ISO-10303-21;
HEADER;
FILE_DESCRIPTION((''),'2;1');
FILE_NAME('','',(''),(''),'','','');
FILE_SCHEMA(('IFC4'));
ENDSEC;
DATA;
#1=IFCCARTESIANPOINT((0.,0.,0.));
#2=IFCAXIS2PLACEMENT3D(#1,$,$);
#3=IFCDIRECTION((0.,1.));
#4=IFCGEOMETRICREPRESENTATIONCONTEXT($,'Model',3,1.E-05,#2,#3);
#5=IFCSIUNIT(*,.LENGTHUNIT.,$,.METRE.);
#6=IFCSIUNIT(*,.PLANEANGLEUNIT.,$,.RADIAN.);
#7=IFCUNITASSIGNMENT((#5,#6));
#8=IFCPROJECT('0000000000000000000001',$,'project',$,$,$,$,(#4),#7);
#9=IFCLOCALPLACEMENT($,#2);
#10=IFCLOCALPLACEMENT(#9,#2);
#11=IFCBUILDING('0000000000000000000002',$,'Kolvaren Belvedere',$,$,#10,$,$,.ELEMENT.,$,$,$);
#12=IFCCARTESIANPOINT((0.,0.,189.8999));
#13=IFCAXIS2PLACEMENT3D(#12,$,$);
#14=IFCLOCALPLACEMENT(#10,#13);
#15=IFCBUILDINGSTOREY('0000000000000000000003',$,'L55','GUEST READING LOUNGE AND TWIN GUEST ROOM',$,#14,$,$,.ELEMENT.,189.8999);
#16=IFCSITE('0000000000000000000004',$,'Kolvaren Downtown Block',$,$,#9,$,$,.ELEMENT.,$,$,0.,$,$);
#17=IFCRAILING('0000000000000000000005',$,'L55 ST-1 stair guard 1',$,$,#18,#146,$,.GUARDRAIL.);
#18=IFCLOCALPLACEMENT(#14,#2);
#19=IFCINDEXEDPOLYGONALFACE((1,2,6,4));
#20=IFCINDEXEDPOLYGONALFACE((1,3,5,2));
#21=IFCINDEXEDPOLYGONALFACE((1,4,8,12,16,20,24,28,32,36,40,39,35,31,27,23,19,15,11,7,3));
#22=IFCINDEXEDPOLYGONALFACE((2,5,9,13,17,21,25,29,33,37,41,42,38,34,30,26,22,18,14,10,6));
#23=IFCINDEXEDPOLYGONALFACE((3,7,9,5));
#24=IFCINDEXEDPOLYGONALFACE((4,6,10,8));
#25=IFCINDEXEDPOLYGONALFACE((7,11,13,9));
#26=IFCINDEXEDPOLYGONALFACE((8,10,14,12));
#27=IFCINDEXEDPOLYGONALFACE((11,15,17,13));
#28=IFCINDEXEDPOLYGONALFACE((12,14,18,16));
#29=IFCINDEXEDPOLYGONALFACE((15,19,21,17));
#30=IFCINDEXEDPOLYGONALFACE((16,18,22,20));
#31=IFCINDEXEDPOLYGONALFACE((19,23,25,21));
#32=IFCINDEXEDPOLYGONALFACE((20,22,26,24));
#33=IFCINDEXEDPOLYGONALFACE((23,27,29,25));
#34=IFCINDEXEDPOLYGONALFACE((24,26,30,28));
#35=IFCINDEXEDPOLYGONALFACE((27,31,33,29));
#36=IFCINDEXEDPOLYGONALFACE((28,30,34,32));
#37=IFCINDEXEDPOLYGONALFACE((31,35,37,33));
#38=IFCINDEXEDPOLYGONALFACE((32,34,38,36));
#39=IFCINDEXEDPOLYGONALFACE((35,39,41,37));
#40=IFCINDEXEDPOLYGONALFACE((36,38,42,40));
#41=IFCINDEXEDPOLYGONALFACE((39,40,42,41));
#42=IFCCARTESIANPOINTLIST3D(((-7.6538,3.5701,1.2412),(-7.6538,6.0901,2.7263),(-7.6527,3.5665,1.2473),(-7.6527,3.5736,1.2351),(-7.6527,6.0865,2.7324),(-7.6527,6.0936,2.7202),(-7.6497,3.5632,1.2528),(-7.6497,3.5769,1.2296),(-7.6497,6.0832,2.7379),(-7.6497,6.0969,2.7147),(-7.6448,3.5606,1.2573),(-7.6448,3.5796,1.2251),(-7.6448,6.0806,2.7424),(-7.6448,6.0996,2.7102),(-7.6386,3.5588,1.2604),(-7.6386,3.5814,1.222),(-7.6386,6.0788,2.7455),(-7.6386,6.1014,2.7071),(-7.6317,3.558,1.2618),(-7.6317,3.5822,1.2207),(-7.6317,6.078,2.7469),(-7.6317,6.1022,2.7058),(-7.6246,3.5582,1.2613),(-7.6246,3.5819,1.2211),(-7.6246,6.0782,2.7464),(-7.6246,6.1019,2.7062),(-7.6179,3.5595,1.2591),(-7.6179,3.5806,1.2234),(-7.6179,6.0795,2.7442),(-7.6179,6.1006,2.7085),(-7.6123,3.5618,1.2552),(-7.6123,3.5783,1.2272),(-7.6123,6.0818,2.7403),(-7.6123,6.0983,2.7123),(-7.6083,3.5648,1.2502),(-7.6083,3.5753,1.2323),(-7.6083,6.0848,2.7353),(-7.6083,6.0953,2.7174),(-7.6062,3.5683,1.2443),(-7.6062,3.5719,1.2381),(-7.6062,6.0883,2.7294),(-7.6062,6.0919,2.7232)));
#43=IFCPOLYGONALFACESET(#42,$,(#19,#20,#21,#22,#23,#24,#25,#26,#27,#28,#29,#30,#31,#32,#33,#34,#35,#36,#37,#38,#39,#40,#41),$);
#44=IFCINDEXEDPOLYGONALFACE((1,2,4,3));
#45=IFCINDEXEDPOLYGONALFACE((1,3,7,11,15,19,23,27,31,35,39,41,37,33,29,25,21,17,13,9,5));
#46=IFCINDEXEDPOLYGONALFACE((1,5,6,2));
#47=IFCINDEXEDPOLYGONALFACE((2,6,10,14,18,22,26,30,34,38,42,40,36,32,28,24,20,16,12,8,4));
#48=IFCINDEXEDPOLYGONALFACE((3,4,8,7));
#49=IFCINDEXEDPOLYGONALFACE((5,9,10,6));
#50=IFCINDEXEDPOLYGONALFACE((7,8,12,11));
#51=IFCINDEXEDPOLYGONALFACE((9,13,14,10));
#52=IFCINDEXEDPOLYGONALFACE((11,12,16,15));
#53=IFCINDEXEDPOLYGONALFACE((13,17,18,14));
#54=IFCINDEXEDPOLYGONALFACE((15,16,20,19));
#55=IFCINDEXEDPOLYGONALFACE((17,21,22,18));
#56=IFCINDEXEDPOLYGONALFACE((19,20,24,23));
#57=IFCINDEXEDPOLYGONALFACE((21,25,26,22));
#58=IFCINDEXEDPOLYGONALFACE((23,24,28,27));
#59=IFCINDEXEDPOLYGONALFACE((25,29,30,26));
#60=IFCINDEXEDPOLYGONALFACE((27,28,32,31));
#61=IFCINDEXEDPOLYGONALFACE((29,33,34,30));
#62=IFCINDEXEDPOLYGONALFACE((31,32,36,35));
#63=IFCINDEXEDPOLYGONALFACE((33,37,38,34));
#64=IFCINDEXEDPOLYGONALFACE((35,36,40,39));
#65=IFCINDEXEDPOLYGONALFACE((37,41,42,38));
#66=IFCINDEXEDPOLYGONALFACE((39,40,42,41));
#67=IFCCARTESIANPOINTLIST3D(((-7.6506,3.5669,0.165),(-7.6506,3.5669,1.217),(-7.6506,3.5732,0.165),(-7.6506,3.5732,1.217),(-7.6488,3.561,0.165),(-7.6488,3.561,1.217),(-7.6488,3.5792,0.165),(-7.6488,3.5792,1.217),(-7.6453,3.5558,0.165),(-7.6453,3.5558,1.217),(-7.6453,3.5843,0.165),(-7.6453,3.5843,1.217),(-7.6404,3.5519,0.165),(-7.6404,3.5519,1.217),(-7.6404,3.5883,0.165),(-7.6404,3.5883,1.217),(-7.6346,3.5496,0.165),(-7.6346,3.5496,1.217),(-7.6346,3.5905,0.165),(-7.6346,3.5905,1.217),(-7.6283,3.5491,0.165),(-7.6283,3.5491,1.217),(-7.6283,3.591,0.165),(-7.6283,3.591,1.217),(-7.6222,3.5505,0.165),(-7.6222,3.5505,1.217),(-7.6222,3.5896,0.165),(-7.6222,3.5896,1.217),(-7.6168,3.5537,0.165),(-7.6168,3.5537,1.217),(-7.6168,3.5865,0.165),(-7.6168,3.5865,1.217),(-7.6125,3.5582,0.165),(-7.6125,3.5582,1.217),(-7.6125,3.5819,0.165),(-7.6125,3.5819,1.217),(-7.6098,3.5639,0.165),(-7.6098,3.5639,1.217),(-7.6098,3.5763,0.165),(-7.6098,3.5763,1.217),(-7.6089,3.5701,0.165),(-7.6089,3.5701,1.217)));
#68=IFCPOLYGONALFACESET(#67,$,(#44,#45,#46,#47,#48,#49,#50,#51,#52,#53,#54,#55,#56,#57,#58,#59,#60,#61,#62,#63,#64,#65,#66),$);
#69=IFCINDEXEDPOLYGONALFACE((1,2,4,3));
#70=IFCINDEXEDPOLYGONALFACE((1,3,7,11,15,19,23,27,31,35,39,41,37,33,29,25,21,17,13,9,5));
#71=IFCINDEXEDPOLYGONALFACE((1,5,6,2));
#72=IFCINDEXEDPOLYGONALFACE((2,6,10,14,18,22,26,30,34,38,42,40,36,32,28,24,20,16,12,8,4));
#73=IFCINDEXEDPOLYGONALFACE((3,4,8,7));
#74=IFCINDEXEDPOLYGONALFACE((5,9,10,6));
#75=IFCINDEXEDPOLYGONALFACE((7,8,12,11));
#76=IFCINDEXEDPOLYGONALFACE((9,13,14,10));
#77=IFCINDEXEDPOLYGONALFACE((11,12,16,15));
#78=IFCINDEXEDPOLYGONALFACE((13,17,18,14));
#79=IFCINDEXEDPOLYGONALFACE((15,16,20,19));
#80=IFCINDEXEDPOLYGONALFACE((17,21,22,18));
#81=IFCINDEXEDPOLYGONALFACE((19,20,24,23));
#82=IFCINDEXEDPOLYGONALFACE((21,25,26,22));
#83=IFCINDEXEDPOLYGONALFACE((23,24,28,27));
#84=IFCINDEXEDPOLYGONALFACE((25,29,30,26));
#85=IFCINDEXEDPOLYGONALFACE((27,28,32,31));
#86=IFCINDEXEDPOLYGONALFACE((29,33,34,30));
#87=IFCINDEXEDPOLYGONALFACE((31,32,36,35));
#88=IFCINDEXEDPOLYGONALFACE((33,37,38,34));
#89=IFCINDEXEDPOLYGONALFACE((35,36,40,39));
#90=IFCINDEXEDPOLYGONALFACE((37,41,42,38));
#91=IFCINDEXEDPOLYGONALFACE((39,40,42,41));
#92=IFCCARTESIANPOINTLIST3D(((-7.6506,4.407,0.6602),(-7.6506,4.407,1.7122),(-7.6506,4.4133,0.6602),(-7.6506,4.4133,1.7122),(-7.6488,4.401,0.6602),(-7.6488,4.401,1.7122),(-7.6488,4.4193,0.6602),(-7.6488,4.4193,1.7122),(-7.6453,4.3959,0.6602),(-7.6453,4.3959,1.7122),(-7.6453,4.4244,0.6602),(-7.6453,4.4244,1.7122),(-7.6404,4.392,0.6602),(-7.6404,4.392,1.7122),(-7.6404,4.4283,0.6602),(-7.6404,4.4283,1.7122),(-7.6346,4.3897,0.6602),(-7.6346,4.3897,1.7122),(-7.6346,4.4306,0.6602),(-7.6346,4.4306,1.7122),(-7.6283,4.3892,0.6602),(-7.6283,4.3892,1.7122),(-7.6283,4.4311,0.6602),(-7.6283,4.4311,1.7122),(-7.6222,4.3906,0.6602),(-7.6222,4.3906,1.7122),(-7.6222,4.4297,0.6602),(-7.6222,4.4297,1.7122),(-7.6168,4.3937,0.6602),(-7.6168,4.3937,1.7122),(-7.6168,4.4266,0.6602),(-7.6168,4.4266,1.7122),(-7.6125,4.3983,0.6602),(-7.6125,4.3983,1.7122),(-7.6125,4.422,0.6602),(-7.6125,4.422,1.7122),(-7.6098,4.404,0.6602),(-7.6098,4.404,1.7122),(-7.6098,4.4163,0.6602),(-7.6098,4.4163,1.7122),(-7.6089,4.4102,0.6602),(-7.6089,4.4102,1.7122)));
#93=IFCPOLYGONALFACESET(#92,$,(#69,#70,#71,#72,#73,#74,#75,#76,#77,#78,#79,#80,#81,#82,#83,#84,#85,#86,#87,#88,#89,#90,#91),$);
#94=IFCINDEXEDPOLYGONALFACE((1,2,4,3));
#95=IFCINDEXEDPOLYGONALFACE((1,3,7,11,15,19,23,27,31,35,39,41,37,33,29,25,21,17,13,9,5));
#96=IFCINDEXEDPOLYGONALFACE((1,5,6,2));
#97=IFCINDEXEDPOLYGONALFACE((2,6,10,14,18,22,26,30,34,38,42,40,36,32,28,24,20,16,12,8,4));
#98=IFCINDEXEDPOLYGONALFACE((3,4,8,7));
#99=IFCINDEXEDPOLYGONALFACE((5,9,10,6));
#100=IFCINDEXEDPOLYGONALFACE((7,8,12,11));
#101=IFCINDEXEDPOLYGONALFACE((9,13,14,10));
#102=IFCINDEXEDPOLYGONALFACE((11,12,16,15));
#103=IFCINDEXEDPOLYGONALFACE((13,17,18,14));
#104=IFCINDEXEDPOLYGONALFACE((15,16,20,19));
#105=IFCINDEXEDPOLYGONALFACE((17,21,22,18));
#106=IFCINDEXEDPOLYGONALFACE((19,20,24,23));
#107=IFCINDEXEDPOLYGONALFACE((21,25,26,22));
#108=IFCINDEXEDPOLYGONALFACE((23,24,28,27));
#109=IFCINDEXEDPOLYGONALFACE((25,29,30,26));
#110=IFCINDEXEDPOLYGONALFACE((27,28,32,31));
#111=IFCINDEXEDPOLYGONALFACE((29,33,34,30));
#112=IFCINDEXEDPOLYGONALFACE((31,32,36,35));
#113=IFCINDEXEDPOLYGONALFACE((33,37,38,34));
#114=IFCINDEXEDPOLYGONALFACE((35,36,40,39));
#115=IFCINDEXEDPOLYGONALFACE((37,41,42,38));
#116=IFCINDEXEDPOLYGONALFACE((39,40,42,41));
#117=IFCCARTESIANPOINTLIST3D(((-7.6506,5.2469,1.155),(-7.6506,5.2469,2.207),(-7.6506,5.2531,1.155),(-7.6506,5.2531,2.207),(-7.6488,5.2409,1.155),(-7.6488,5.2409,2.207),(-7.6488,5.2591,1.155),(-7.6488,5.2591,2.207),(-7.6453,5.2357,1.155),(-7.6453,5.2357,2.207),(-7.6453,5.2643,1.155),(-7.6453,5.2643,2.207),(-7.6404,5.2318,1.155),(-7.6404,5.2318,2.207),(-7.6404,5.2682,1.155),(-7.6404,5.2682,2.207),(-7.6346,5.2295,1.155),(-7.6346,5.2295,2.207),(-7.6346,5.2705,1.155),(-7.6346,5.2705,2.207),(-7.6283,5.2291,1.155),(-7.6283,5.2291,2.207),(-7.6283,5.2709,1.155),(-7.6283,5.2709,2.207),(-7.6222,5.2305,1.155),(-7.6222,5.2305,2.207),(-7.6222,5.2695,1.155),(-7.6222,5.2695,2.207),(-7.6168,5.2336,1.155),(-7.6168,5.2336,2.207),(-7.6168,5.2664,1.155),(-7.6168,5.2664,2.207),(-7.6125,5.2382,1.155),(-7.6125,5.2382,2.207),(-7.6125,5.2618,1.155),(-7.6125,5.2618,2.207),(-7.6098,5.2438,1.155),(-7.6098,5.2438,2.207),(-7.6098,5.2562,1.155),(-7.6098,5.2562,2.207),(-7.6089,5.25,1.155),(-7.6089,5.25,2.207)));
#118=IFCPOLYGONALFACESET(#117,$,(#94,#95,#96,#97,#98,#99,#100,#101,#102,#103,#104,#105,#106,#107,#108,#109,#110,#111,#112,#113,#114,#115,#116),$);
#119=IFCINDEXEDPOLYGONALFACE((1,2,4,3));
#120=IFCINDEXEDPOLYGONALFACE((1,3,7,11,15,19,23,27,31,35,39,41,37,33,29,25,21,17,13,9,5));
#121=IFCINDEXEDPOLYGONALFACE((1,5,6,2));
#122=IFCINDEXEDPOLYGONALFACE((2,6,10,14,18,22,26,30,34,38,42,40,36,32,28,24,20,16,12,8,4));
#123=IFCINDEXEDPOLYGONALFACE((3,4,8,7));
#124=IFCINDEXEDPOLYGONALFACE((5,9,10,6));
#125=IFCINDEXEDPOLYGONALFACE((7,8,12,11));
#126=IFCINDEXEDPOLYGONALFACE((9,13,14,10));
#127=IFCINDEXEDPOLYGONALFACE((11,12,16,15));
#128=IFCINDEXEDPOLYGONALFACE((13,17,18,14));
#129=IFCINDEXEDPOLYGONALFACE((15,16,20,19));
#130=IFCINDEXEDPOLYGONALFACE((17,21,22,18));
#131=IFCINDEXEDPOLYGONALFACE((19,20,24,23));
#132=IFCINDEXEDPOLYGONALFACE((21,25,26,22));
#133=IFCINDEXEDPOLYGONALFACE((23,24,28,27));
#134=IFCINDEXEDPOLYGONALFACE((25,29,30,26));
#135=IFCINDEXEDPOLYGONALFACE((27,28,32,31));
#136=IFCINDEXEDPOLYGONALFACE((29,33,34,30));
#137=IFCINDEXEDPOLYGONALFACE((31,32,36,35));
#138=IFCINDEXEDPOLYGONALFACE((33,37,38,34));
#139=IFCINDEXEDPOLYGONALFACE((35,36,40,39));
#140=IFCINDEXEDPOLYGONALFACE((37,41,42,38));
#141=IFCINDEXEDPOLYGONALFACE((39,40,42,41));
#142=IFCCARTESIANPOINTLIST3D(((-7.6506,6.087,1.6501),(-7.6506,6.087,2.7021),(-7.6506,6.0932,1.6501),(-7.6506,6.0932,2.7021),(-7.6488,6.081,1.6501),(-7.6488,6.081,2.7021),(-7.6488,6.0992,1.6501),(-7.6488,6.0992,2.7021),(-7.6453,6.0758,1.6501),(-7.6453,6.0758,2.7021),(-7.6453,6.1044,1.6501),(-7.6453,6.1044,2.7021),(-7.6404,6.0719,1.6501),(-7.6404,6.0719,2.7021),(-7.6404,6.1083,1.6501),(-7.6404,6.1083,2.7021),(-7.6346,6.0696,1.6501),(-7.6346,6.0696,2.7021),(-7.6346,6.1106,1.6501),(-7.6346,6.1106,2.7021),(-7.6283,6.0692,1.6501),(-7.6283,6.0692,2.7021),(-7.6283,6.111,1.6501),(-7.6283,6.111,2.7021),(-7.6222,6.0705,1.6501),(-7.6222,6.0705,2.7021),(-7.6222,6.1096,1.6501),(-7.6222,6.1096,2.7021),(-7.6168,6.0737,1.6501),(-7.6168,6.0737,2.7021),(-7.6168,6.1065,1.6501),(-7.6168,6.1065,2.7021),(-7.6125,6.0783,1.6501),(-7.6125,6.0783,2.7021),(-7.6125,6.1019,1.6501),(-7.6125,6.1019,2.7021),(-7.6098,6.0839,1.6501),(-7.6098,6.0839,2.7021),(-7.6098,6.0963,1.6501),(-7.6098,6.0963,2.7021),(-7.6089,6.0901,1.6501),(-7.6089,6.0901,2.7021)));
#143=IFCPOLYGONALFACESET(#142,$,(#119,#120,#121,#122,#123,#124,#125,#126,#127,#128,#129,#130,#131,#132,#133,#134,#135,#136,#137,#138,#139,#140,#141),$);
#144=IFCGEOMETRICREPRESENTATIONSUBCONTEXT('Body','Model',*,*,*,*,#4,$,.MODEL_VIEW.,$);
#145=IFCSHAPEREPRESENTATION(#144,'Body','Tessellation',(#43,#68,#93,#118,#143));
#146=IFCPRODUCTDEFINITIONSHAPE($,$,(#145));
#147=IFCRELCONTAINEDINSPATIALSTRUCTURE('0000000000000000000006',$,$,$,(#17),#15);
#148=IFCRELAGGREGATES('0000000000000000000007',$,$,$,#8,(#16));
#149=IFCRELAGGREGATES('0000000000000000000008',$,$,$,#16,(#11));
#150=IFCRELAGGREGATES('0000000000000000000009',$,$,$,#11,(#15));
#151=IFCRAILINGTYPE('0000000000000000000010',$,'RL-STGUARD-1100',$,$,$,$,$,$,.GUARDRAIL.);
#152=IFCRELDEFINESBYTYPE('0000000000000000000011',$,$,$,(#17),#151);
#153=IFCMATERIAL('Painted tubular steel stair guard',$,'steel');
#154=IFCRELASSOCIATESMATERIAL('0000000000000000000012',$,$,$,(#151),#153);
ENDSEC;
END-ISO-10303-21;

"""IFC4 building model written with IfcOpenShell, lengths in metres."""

from ifc_helpers import new_model, si_unit, direction, frame, origin, origin_2d, place, context, subcontext, project, spatial, circle, extrude, material, type_object, element, save


model = new_model("IFC4")

# Units and contexts
model_context = context("Model", 3, precision=1e-05, world=origin(), true_north=direction((0.0, 1.0)))
body_context = subcontext(model_context, "Body", "Model", "MODEL_VIEW")
ifc_project = project(units=[si_unit("LENGTHUNIT", "METRE"), si_unit("PLANEANGLEUNIT", "RADIAN")], contexts=[model_context])

# Site, building, storey
site_placement = place(None, origin())
site = spatial("IfcSite", under=ifc_project, at=site_placement, Name="Kolvaren Downtown Block", CompositionType="ELEMENT", RefElevation=0.0)
building_placement = place(site_placement, origin())
building = spatial("IfcBuilding", under=site, at=building_placement, Name="Kolvaren Belvedere", CompositionType="ELEMENT")
storey_placement = place(building_placement, frame((0.0, 0.0, 189.8999)))
storey = spatial("IfcBuildingStorey", under=building, at=storey_placement, Name="L55", Description="GUEST READING LOUNGE AND TWIN GUEST ROOM", CompositionType="ELEMENT", Elevation=189.8999)

# Railing
ifc_material_1 = material(Name="Painted tubular steel stair guard", Category="steel")
railing_type_1 = type_object("IfcRailingType", Name="RL-STGUARD-1100", PredefinedType="GUARDRAIL", material=ifc_material_1)
railing_1_placement = place(storey_placement, frame((-7.6299, 3.5701, 0.165)))
element("IfcRailing", 1, at=railing_1_placement, inside=storey, type_object=railing_type_1, Name="L55 ST-1 stair guard 1", PredefinedType="GUARDRAIL", context=body_context, shape_type="SweptSolid", body=[
    extrude(circle(Radius=0.0239, at=origin_2d()), frame((0.0, 0.0, 1.0762), z_axis=(0.0, 0.861524, 0.507717), x_axis=(-1.0, 0.0, 0.0)), (0.0, 0.0, 1.0), 2.925),
    extrude(circle(Radius=0.021, at=origin_2d()), origin(), (0.0, 0.0, 1.0), 1.052),
    extrude(circle(Radius=0.021, at=origin_2d()), frame((0.0, 0.8401, 0.4951)), (0.0, 0.0, 1.0), 1.052),
    extrude(circle(Radius=0.021, at=origin_2d()), frame((0.0, 1.6799, 0.99)), (0.0, 0.0, 1.0), 1.052),
    extrude(circle(Radius=0.021, at=origin_2d()), frame((0.0, 2.52, 1.4851)), (0.0, 0.0, 1.0), 1.052),
])

save(model, "model.ifc")
